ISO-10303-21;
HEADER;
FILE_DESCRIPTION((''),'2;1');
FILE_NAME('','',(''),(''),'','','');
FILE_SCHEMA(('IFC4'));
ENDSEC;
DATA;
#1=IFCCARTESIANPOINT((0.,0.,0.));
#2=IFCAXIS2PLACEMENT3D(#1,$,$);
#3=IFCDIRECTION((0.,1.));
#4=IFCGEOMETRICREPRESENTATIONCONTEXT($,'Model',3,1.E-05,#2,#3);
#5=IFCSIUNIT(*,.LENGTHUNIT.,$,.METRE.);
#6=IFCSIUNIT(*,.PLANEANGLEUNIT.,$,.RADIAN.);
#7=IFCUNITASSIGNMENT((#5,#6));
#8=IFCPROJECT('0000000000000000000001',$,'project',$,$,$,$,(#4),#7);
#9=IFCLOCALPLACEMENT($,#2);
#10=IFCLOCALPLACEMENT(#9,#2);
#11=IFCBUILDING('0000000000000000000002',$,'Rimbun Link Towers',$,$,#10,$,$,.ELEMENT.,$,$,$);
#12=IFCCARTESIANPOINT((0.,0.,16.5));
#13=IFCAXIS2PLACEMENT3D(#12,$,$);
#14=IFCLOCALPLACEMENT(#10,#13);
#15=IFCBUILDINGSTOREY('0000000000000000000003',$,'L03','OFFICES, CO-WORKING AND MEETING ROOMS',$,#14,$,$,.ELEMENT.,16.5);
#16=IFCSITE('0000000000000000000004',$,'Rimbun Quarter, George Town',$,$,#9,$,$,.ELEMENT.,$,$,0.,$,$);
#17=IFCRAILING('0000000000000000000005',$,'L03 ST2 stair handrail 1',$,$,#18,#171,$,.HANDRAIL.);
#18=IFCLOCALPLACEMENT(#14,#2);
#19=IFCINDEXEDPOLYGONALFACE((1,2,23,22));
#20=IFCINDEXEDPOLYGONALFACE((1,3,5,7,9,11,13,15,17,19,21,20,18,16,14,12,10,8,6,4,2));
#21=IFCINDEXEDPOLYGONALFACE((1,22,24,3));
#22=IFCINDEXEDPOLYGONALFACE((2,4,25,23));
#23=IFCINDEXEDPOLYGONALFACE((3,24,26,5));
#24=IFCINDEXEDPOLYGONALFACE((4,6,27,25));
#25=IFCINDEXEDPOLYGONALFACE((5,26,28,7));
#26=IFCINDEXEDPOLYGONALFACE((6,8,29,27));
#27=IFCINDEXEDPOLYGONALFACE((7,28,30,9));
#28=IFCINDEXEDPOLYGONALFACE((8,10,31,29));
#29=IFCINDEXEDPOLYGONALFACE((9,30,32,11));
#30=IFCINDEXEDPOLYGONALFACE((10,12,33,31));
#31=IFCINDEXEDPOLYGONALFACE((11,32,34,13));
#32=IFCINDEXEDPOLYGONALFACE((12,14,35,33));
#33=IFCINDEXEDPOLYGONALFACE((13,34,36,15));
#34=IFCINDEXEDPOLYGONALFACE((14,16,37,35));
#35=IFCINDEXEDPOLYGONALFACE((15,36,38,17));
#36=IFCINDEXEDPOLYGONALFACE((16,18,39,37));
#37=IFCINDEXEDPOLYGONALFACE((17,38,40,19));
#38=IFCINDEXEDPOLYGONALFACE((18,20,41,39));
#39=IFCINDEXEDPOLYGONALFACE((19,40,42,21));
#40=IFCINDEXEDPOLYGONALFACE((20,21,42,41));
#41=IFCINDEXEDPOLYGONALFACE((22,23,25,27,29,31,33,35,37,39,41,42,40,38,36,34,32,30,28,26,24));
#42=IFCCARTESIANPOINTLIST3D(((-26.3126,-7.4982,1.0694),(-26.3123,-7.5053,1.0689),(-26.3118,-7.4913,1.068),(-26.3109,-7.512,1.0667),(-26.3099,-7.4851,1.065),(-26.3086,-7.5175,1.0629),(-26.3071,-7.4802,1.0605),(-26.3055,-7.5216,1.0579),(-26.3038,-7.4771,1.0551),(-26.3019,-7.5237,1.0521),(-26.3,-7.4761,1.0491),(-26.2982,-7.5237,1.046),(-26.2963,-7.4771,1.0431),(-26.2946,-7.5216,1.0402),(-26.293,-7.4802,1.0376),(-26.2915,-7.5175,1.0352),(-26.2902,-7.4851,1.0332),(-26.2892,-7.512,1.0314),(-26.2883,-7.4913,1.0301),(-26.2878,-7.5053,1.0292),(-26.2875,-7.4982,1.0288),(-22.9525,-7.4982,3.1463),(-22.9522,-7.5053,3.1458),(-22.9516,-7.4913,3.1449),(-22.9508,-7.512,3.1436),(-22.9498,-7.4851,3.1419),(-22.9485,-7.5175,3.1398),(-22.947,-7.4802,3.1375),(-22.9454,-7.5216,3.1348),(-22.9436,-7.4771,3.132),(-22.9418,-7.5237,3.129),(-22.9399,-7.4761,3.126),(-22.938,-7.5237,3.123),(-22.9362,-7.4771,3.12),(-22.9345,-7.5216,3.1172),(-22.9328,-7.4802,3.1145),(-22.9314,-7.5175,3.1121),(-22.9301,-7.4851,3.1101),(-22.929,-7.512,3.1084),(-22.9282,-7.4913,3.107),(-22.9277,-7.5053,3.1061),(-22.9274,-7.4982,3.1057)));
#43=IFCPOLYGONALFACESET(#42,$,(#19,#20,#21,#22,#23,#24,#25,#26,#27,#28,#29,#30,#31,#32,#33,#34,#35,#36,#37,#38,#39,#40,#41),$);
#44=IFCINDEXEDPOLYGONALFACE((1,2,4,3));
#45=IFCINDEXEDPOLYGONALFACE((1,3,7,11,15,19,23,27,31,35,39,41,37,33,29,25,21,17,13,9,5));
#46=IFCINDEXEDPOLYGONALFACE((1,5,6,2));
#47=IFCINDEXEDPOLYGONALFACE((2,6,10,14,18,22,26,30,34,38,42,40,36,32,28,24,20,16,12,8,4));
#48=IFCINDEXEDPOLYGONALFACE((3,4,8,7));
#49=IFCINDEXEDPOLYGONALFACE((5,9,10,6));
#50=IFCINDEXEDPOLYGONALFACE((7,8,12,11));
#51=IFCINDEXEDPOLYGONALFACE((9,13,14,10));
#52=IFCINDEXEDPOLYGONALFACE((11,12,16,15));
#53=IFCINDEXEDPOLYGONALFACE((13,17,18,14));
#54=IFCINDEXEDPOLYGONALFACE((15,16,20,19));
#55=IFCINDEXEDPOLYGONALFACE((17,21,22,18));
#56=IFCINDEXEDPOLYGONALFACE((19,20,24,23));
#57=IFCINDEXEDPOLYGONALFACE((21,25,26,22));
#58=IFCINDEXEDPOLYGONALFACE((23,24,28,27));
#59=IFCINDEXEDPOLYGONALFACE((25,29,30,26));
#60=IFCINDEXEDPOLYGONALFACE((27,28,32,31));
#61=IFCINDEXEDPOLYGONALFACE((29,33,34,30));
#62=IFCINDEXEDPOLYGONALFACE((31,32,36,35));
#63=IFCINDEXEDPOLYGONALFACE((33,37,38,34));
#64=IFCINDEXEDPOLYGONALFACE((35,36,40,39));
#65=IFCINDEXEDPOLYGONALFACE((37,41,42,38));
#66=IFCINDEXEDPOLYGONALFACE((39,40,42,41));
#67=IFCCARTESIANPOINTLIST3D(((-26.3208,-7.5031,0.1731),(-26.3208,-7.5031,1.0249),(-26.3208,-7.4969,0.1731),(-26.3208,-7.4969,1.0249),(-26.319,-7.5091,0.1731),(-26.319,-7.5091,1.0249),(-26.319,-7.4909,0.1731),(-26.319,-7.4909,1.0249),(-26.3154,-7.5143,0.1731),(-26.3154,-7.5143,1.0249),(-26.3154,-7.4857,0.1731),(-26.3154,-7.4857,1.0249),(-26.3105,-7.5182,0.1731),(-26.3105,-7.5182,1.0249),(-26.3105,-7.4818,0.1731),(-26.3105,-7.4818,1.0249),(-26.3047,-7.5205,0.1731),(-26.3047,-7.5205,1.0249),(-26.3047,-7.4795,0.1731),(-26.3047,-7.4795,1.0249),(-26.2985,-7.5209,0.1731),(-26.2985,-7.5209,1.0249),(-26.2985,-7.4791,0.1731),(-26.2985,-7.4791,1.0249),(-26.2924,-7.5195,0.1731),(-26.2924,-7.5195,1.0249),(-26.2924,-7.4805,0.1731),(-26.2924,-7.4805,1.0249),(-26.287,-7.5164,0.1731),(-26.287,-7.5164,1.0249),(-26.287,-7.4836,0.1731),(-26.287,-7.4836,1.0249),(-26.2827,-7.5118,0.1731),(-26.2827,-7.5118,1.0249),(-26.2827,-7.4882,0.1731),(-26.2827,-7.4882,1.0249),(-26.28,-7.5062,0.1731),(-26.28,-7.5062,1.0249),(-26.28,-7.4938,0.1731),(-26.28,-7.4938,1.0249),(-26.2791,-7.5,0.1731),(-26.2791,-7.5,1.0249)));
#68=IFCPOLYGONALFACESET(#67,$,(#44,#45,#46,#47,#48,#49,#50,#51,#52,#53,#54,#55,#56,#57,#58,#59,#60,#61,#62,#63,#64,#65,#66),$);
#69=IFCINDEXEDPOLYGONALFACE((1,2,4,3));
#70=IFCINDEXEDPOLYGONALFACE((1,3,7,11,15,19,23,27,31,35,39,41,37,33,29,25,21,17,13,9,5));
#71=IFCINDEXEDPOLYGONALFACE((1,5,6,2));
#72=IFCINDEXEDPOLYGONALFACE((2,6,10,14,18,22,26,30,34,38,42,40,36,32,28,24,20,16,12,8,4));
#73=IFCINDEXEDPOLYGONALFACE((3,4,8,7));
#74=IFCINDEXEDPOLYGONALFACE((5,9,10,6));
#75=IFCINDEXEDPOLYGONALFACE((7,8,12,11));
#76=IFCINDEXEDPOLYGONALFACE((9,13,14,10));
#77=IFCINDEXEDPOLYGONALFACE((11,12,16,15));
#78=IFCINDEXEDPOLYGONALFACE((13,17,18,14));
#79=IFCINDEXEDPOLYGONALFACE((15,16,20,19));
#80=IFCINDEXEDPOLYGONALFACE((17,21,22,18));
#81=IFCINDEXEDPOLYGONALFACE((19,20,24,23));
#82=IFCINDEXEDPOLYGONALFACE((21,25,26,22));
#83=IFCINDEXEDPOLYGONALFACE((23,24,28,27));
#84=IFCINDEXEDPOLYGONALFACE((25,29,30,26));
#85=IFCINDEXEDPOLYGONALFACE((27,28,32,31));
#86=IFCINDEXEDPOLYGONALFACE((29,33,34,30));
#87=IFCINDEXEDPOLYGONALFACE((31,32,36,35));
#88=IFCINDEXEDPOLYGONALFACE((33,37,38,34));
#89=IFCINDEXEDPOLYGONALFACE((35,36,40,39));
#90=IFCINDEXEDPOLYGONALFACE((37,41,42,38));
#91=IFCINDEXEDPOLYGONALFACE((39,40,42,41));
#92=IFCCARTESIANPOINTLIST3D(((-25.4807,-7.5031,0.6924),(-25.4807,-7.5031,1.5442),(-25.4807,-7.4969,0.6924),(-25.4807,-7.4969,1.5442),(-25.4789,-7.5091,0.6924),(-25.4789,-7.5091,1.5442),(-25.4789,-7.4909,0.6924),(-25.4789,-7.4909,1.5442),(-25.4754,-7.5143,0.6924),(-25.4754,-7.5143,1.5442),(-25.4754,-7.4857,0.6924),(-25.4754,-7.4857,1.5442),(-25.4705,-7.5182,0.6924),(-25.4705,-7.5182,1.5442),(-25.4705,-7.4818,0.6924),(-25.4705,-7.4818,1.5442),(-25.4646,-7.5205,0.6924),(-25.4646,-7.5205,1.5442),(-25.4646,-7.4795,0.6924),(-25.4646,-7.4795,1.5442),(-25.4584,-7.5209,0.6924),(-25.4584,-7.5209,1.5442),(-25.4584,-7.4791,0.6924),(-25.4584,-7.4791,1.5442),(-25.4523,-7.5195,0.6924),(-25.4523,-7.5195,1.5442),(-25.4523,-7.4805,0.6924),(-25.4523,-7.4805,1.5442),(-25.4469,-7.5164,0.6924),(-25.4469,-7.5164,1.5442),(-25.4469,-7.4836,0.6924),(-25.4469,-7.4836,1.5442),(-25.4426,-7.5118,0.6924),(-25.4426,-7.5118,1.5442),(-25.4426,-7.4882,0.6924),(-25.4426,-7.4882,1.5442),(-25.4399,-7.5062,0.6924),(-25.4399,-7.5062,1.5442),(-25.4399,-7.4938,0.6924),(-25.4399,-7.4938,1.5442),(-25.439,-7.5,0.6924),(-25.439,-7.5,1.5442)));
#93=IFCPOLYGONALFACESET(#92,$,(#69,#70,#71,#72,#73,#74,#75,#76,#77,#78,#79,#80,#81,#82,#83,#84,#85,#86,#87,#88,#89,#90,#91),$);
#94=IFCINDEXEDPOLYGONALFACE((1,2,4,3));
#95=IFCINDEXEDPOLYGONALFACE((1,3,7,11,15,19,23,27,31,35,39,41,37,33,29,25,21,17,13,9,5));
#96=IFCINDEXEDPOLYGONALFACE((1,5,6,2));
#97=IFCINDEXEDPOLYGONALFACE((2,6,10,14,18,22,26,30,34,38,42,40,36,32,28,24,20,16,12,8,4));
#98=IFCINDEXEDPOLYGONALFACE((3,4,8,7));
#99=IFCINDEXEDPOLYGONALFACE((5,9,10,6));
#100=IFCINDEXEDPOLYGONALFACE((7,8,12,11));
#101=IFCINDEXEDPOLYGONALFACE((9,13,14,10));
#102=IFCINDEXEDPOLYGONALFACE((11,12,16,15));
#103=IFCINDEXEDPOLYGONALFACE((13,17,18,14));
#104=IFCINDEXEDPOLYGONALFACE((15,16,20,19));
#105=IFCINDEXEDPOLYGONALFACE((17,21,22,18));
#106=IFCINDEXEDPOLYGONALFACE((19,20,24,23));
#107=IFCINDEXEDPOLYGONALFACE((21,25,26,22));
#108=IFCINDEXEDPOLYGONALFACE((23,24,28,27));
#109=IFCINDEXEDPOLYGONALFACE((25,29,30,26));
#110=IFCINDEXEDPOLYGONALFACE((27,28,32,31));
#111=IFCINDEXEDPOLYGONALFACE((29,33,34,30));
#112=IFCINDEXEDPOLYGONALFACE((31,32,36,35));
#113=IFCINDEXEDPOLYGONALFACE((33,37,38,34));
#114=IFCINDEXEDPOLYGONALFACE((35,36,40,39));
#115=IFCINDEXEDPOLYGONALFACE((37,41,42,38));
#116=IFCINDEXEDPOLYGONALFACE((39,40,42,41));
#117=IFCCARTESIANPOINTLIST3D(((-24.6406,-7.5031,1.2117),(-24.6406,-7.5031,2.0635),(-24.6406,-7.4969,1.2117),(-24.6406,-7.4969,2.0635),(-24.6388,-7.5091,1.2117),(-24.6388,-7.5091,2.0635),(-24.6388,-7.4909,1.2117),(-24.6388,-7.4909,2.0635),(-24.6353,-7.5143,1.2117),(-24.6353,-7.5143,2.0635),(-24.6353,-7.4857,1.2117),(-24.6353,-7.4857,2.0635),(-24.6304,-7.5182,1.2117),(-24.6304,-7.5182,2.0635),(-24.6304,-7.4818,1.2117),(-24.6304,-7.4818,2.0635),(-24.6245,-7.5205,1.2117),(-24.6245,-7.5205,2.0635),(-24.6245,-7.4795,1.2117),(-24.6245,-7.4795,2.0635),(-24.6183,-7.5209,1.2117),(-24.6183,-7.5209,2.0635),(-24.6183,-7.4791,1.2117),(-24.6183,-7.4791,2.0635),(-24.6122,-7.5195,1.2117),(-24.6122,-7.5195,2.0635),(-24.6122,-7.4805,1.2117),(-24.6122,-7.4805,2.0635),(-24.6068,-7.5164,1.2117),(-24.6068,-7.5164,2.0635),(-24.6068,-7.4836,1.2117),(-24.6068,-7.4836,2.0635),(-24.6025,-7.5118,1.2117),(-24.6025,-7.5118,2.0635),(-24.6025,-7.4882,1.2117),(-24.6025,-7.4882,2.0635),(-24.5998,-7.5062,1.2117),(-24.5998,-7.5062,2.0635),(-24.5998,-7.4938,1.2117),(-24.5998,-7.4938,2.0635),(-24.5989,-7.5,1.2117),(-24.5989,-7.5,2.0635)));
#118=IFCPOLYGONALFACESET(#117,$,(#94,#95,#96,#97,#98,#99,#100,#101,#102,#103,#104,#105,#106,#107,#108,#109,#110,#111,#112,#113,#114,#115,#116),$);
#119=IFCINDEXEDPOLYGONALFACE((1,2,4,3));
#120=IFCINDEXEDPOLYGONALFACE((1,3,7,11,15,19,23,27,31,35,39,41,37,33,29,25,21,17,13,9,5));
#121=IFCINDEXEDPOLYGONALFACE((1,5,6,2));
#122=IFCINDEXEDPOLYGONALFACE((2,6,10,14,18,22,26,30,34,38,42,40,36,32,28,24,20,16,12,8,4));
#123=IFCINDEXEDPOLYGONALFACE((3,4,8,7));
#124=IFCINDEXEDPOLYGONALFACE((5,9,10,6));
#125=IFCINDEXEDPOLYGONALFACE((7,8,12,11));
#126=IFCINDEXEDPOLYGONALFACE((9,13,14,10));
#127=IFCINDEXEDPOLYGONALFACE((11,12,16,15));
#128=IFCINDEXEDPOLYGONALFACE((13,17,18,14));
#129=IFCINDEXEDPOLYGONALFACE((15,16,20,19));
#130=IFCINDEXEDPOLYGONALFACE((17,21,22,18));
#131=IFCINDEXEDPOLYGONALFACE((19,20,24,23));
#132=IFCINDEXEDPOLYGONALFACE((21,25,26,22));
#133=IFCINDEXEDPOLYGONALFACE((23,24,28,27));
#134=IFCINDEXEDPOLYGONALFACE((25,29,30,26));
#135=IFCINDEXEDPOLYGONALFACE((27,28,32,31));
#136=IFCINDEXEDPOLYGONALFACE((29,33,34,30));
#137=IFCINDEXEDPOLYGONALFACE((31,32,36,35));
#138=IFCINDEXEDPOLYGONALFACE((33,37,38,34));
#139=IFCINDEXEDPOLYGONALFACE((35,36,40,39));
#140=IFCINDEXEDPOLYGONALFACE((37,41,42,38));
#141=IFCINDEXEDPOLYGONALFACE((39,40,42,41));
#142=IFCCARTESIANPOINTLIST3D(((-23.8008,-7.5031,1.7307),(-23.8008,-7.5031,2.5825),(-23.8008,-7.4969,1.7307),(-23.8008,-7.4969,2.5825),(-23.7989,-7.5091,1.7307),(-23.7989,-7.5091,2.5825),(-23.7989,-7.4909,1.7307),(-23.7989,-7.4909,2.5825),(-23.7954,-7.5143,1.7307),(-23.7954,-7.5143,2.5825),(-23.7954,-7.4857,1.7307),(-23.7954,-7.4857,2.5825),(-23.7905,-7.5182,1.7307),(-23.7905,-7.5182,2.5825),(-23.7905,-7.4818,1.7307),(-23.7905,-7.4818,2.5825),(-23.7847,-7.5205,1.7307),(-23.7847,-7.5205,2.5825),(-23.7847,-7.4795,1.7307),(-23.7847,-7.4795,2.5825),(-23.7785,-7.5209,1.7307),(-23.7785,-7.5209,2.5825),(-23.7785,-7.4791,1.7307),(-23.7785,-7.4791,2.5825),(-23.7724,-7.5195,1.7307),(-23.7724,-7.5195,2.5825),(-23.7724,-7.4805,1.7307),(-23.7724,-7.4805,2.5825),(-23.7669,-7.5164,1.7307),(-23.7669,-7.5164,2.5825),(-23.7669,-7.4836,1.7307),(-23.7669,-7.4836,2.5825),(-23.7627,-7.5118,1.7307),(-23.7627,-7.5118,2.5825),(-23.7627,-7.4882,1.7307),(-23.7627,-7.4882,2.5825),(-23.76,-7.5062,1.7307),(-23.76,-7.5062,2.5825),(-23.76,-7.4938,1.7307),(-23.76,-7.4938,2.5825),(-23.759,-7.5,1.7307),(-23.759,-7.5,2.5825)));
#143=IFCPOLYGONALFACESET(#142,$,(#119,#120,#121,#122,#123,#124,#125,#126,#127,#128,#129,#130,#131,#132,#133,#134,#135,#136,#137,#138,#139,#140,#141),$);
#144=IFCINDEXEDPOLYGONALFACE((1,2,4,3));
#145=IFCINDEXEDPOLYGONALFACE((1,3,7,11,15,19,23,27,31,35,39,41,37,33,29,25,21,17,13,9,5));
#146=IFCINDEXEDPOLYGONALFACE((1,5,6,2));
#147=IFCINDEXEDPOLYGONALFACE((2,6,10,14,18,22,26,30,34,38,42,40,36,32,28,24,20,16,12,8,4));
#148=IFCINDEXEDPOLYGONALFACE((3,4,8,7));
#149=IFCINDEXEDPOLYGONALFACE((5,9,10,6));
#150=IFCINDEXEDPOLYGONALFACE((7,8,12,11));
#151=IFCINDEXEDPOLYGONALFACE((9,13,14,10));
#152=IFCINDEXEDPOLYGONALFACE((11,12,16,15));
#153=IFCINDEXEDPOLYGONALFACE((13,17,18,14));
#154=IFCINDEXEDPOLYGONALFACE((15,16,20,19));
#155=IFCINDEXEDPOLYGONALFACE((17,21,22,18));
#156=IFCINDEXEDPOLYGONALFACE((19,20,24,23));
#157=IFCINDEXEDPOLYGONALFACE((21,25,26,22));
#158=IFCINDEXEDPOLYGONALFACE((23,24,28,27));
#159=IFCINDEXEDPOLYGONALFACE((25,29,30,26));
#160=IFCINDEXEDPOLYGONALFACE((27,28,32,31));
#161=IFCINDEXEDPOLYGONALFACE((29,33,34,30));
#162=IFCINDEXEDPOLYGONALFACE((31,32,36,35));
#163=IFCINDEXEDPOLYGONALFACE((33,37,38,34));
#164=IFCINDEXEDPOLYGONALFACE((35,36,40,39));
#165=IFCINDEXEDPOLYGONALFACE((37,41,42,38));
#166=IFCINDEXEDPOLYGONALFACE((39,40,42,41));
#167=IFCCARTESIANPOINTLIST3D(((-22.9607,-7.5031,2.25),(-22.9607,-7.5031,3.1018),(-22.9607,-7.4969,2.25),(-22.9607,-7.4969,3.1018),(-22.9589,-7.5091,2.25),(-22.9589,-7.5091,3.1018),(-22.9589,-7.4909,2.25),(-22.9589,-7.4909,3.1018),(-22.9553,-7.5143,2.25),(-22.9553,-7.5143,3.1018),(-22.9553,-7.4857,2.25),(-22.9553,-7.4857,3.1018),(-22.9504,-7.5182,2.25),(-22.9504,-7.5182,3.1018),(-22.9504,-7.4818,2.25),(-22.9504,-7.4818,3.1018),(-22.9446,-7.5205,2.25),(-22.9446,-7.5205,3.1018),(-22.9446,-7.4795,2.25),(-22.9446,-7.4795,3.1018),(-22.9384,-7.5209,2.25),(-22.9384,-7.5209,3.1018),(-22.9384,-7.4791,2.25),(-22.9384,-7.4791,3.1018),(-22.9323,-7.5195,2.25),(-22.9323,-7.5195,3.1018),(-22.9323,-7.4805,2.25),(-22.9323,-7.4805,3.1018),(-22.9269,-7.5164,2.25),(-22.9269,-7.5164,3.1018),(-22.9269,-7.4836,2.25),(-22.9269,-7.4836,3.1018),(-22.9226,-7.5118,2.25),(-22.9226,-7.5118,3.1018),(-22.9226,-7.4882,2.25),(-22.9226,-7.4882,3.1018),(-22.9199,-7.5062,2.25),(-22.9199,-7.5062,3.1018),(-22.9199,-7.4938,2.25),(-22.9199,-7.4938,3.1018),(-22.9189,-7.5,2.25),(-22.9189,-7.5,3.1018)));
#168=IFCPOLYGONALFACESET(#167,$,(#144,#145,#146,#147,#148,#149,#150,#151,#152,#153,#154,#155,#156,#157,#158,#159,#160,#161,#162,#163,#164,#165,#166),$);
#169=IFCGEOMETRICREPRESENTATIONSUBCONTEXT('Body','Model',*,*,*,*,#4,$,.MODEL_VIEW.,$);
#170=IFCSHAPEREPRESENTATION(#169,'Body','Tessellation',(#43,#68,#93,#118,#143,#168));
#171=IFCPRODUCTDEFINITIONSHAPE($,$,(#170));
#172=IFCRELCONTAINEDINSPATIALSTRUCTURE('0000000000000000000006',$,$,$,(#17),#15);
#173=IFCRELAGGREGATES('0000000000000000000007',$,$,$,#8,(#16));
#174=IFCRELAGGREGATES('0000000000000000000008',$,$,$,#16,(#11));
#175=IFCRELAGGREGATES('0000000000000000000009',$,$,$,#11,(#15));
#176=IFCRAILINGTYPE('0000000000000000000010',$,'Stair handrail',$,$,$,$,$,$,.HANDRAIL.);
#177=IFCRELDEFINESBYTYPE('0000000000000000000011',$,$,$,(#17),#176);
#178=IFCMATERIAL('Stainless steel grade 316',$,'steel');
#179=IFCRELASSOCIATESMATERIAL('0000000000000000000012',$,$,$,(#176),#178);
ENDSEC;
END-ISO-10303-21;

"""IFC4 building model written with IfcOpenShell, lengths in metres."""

from ifc_helpers import new_model, si_unit, direction, frame, origin, origin_2d, place, context, subcontext, project, spatial, circle, extrude, material, type_object, element, save


model = new_model("IFC4")

# Units and contexts
model_context = context("Model", 3, precision=1e-05, world=origin(), true_north=direction((0.0, 1.0)))
body_context = subcontext(model_context, "Body", "Model", "MODEL_VIEW")
ifc_project = project(units=[si_unit("LENGTHUNIT", "METRE"), si_unit("PLANEANGLEUNIT", "RADIAN")], contexts=[model_context])

# Site, building, storey
site_placement = place(None, origin())
site = spatial("IfcSite", under=ifc_project, at=site_placement, Name="Rimbun Quarter, George Town", CompositionType="ELEMENT", RefElevation=0.0)
building_placement = place(site_placement, origin())
building = spatial("IfcBuilding", under=site, at=building_placement, Name="Rimbun Link Towers", CompositionType="ELEMENT")
storey_placement = place(building_placement, frame((0.0, 0.0, 16.5)))
storey = spatial("IfcBuildingStorey", under=building, at=storey_placement, Name="L03", Description="OFFICES, CO-WORKING AND MEETING ROOMS", CompositionType="ELEMENT", Elevation=16.5)

# Railing
ifc_material_1 = material(Name="Stainless steel grade 316", Category="steel")
railing_type_1 = type_object("IfcRailingType", Name="Stair handrail", PredefinedType="HANDRAIL", material=ifc_material_1)
railing_1_placement = place(storey_placement, frame((-26.3, -7.5, 0.1731)))
element("IfcRailing", 1, at=railing_1_placement, inside=storey, type_object=railing_type_1, Name="L03 ST2 stair handrail 1", PredefinedType="HANDRAIL", context=body_context, shape_type="SweptSolid", body=[
    extrude(circle(Radius=0.0239, at=origin_2d()), frame((0.0, 0.0, 0.876), z_axis=(0.850623, 0.0, 0.525776), x_axis=(0.0, 1.0, 0.0)), (0.0, 0.0, 1.0), 3.9502),
    extrude(circle(Radius=0.021, at=origin_2d()), origin(), (0.0, 0.0, 1.0), 0.8518),
    extrude(circle(Radius=0.021, at=origin_2d()), frame((0.8401, 0.0, 0.5193)), (0.0, 0.0, 1.0), 0.8518),
    extrude(circle(Radius=0.021, at=origin_2d()), frame((1.6802, 0.0, 1.0386)), (0.0, 0.0, 1.0), 0.8518),
    extrude(circle(Radius=0.021, at=origin_2d()), frame((2.52, 0.0, 1.5576)), (0.0, 0.0, 1.0), 0.8518),
    extrude(circle(Radius=0.021, at=origin_2d()), frame((3.3601, 0.0, 2.0769)), (0.0, 0.0, 1.0), 0.8518),
])

save(model, "model.ifc")
